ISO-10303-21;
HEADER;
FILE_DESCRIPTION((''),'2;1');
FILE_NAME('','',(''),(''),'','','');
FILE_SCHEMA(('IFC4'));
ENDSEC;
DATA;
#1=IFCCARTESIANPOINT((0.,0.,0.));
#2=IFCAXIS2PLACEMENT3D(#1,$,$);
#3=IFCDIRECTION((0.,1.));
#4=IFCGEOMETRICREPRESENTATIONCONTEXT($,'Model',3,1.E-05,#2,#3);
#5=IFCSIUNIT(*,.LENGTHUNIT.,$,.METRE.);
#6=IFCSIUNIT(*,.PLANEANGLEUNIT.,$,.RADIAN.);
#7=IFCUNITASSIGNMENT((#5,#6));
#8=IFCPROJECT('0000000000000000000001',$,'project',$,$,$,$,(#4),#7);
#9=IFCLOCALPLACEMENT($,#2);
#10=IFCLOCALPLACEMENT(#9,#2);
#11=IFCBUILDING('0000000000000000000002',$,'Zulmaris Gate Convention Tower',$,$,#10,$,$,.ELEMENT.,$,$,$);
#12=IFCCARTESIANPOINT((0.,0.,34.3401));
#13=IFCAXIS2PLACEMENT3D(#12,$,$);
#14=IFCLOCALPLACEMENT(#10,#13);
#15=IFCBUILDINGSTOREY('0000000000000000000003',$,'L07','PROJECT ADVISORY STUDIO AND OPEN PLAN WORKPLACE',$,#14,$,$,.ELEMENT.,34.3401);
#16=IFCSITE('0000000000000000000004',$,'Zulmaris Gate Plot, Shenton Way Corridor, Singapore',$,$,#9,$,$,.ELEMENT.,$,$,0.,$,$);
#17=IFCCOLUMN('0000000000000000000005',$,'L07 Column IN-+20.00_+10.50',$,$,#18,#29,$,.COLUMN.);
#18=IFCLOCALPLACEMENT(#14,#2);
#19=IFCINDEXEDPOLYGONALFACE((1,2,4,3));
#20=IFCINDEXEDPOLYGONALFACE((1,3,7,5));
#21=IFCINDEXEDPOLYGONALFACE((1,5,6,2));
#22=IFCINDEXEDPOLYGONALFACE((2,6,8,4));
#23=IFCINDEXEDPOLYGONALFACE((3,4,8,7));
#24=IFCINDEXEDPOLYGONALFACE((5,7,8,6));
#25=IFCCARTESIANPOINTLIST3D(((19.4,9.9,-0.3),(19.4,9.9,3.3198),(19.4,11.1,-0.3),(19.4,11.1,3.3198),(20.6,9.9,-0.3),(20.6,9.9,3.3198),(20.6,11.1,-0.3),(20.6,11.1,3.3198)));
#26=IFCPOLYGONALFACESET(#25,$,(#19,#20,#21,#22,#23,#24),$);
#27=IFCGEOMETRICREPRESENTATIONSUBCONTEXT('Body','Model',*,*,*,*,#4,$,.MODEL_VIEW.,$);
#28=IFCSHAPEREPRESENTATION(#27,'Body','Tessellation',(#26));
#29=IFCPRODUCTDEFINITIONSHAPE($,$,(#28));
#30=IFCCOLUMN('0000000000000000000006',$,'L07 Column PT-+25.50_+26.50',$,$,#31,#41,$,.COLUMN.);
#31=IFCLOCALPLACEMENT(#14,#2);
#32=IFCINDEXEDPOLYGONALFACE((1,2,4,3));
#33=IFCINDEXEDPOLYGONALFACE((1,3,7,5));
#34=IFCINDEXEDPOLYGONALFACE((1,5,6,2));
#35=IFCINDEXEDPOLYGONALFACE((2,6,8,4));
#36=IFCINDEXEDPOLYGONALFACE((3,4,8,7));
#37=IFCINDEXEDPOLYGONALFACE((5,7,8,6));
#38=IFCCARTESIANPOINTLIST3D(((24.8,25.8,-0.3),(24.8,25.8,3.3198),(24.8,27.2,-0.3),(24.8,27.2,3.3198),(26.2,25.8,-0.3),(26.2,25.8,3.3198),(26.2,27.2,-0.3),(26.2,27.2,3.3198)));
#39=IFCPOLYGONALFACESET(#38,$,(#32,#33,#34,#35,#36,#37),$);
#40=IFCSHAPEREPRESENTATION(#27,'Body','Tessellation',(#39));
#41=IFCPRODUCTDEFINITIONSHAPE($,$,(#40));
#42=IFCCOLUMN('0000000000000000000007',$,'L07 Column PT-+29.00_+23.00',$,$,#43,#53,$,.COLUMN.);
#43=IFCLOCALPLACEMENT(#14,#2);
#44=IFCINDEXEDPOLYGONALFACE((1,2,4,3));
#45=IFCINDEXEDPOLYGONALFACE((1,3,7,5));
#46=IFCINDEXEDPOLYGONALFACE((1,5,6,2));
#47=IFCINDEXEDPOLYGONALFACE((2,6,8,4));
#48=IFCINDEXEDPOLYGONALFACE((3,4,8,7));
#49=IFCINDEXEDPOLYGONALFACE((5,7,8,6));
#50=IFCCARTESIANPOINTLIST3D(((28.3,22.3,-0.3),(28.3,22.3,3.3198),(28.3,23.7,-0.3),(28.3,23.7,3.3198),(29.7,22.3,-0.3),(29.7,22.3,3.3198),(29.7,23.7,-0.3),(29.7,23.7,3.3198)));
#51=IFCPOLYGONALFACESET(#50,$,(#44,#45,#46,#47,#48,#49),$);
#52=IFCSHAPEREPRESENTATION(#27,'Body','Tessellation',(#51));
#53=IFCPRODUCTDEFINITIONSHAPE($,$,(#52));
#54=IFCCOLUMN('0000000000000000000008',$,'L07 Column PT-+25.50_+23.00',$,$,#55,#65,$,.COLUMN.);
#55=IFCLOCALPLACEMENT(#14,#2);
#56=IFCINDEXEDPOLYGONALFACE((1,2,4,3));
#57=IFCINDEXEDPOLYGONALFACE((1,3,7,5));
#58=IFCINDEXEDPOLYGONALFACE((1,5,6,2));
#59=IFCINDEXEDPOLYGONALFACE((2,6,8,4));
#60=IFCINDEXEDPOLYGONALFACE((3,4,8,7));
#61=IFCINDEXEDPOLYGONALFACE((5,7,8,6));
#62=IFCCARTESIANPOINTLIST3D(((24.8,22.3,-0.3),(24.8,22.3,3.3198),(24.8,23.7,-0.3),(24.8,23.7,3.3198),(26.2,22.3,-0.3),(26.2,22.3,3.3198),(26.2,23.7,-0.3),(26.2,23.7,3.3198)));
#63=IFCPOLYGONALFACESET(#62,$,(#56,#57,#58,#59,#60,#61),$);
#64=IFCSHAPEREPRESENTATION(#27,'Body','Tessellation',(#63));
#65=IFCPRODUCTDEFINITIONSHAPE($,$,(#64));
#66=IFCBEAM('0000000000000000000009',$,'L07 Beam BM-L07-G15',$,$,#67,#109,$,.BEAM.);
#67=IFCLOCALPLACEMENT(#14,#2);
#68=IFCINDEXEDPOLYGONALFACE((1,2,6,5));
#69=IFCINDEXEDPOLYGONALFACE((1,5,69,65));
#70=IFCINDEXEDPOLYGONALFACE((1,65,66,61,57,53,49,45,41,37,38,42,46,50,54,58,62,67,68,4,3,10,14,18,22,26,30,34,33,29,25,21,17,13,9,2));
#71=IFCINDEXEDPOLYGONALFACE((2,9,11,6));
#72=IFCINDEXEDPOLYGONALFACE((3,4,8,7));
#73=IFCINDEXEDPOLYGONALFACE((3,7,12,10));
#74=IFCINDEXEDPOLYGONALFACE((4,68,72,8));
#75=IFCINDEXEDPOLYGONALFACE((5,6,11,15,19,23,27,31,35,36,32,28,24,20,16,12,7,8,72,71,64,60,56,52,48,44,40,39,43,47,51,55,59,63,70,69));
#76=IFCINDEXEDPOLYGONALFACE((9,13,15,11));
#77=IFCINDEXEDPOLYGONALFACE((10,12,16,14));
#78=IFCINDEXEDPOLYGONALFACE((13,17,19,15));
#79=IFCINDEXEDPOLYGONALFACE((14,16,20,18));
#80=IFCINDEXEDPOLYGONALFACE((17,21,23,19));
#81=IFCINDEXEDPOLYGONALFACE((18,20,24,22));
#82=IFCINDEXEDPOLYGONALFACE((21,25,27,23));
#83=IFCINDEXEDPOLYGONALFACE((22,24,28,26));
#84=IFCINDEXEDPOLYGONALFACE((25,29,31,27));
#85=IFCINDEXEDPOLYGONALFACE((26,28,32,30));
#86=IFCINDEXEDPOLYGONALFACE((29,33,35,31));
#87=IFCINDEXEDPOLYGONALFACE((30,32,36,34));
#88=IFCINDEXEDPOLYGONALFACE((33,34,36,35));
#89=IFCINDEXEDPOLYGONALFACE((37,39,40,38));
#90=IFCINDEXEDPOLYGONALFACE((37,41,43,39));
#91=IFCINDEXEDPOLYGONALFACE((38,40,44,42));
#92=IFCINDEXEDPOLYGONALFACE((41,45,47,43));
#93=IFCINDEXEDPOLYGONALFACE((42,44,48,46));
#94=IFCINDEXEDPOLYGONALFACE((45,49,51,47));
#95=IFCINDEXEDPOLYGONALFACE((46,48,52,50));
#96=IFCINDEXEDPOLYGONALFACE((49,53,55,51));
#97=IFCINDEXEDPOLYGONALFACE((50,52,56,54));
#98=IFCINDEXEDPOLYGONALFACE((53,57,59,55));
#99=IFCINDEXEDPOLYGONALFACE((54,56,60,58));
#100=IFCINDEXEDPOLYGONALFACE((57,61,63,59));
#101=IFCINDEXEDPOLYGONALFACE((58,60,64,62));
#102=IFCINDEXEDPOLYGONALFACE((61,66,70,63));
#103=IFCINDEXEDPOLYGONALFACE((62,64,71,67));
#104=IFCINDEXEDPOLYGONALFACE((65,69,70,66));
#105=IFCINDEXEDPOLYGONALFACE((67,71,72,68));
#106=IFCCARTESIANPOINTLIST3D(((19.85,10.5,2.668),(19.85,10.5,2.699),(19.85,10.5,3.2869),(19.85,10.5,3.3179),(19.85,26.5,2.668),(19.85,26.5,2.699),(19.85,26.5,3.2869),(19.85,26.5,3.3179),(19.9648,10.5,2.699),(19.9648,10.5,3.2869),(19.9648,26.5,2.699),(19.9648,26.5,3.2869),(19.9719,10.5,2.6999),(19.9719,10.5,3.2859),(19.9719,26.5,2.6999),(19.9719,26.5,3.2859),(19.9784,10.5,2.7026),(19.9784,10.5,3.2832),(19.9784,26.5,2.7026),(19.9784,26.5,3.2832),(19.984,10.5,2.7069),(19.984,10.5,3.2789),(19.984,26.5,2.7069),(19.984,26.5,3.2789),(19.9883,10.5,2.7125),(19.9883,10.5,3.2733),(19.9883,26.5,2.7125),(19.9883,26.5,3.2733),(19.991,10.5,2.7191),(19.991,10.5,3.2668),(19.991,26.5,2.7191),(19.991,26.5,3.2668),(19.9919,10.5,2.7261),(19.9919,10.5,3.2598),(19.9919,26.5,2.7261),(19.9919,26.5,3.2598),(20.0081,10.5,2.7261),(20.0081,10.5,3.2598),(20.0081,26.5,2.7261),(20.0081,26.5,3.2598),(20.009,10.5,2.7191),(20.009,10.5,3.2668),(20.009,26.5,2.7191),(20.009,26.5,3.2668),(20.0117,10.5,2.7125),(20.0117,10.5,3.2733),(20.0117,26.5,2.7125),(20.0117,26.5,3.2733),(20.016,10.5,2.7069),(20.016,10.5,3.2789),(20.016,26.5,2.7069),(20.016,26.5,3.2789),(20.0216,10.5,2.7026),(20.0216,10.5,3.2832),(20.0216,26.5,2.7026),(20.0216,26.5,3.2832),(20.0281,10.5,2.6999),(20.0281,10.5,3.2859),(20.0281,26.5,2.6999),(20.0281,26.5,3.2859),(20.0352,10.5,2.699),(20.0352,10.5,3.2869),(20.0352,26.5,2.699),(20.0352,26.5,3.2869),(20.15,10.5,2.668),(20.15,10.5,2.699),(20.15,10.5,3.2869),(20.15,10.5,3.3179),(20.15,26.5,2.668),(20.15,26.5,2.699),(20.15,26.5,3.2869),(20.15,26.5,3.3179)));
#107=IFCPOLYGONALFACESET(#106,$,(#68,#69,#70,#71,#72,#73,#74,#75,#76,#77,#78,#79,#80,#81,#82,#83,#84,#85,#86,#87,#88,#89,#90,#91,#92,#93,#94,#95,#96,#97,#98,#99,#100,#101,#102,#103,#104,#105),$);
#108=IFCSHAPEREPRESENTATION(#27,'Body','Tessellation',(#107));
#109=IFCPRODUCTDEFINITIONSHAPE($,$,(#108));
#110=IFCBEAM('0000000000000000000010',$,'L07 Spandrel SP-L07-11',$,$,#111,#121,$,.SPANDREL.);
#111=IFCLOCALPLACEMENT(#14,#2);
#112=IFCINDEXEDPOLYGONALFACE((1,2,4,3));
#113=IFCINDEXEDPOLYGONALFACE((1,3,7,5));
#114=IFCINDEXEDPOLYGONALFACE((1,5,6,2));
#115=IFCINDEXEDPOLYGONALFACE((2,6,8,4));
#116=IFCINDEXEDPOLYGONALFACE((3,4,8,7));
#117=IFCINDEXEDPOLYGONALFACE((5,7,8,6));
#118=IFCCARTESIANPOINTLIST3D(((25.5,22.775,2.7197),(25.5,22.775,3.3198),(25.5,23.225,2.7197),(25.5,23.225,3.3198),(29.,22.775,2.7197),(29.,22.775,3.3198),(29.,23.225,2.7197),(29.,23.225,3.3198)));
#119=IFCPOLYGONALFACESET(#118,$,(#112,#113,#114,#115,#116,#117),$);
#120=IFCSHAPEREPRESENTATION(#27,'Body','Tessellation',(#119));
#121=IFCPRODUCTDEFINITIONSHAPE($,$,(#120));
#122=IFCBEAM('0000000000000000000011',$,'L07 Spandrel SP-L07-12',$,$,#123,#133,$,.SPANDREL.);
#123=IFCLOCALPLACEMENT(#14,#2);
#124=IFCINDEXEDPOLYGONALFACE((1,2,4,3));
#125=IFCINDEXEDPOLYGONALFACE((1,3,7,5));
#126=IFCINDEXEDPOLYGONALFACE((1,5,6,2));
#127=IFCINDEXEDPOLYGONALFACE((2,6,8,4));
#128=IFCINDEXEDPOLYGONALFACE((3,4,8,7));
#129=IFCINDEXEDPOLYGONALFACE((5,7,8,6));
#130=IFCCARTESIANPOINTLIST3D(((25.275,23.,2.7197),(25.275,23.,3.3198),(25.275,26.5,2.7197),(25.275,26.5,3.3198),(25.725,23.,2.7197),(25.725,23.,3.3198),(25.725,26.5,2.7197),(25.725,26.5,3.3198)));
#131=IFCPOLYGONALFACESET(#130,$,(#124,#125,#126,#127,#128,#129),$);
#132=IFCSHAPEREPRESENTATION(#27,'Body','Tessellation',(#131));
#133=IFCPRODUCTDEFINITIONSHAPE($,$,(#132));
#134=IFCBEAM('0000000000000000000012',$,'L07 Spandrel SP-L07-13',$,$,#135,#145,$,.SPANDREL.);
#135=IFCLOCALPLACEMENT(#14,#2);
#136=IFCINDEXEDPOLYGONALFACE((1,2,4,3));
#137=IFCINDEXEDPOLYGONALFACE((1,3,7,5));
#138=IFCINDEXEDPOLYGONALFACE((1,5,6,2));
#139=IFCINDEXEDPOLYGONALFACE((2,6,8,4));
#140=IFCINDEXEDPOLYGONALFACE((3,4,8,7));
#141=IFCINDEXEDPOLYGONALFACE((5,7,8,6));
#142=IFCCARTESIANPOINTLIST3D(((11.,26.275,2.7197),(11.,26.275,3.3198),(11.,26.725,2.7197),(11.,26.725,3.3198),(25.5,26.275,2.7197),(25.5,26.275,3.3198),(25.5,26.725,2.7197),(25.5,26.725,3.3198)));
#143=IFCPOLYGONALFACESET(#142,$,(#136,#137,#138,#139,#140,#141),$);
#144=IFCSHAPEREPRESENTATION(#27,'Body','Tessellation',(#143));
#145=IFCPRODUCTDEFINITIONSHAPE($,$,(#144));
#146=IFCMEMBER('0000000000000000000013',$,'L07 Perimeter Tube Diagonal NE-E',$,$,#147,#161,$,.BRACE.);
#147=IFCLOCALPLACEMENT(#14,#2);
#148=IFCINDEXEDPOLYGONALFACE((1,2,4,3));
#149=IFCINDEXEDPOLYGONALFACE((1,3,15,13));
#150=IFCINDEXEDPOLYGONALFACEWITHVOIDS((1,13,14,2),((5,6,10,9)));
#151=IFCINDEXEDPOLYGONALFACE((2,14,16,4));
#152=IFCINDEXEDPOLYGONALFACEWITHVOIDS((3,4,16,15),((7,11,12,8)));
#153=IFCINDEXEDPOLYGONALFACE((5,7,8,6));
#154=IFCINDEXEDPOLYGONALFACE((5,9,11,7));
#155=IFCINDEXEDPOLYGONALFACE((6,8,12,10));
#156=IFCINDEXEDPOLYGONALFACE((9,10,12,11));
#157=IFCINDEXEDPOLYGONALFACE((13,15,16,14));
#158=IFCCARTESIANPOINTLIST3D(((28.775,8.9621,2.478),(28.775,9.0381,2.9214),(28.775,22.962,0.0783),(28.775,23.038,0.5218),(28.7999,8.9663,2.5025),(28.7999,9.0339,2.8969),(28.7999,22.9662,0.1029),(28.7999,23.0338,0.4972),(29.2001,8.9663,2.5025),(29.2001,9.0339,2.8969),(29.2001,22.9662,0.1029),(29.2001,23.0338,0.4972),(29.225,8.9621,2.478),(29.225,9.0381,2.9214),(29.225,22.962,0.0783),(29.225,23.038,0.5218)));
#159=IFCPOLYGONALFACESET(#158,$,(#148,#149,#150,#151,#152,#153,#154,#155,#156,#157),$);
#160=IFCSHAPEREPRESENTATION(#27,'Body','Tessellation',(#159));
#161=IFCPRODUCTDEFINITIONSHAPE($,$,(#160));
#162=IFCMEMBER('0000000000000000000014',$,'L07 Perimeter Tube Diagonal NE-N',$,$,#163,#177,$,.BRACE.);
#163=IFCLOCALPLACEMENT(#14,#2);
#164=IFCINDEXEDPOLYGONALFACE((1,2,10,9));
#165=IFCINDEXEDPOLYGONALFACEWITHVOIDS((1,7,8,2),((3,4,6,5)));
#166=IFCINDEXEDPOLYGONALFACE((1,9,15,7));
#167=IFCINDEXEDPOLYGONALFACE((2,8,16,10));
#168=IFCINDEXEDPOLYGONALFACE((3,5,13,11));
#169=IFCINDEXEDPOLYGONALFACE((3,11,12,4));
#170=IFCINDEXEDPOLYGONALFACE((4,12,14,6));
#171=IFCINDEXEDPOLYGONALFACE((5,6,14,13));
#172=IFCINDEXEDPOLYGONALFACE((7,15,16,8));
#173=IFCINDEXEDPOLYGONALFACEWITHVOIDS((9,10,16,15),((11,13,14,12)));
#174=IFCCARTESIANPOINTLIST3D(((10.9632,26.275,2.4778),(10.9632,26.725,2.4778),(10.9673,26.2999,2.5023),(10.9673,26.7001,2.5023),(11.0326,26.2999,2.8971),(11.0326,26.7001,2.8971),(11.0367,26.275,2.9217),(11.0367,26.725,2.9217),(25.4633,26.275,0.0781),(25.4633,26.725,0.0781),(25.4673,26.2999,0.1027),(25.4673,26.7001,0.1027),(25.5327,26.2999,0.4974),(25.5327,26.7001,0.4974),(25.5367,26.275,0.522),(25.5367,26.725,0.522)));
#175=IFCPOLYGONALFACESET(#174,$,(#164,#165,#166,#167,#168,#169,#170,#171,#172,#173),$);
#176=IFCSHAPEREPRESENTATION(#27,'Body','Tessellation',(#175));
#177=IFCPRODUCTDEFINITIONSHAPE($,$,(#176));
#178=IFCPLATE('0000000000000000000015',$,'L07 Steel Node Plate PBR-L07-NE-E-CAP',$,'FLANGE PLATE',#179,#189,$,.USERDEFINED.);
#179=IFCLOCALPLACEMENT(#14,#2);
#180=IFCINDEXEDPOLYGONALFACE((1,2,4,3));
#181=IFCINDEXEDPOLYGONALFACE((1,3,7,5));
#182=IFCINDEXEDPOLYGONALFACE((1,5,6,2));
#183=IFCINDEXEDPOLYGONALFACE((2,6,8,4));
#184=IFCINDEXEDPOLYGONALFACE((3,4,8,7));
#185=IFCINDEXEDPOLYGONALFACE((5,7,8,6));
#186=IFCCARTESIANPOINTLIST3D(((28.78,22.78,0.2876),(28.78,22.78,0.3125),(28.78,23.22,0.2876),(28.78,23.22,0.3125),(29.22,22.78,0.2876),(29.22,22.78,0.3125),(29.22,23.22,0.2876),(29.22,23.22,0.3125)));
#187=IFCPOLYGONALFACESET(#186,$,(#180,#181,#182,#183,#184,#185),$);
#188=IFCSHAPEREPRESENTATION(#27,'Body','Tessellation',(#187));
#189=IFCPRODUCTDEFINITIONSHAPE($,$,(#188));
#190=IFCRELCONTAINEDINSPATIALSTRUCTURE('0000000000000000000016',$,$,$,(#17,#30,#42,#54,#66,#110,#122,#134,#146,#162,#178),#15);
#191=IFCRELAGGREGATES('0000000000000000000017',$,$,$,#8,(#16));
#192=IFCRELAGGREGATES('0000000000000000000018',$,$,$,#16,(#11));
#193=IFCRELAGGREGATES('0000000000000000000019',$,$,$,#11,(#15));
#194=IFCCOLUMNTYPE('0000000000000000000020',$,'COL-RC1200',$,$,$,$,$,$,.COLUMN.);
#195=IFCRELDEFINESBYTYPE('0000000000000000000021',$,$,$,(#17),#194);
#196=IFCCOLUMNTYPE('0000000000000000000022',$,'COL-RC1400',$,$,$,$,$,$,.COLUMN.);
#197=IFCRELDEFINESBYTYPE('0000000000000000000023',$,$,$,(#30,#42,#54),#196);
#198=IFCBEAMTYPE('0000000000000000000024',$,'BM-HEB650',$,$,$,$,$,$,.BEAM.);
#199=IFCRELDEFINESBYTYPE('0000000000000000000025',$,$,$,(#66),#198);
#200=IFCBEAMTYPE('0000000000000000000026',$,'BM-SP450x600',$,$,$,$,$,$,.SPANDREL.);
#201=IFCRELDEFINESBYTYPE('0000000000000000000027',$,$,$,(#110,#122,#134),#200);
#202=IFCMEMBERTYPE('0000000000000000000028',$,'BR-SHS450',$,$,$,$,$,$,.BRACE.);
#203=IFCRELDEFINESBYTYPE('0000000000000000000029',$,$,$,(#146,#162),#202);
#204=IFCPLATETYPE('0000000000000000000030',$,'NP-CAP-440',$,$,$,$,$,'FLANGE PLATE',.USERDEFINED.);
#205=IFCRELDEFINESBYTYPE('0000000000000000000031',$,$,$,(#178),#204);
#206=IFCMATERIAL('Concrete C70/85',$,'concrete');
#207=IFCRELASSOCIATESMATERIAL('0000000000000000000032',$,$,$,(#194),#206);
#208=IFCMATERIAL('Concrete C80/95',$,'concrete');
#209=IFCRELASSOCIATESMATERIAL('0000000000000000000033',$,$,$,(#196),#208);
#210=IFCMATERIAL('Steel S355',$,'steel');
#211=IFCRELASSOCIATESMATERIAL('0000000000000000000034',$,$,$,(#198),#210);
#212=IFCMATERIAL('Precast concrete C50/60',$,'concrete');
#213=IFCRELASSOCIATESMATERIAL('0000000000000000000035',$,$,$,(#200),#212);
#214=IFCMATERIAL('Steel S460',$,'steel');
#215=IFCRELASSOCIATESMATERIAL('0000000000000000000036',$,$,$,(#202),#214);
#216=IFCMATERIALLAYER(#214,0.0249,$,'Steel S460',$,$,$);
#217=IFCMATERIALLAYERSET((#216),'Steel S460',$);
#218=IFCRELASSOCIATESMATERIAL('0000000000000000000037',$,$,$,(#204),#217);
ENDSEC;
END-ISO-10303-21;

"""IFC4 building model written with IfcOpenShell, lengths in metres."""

from ifc_helpers import new_model, si_unit, direction, frame, origin, origin_2d, place, context, subcontext, project, spatial, rectangle, hollow_rectangle, i_section, extrude, material, layer, layer_set, material_profile, profile_set, type_object, element, save


model = new_model("IFC4")

# Units and contexts
model_context = context("Model", 3, precision=1e-05, world=origin(), true_north=direction((0.0, 1.0)))
body_context = subcontext(model_context, "Body", "Model", "MODEL_VIEW")
ifc_project = project(units=[si_unit("LENGTHUNIT", "METRE"), si_unit("PLANEANGLEUNIT", "RADIAN")], contexts=[model_context])

# Site, building, storey
site_placement = place(None, origin())
site = spatial("IfcSite", under=ifc_project, at=site_placement, Name="Zulmaris Gate Plot, Shenton Way Corridor, Singapore", CompositionType="ELEMENT", RefElevation=0.0)
building_placement = place(site_placement, origin())
building = spatial("IfcBuilding", under=site, at=building_placement, Name="Zulmaris Gate Convention Tower", CompositionType="ELEMENT")
storey_placement = place(building_placement, frame((0.0, 0.0, 34.3401)))
storey = spatial("IfcBuildingStorey", under=building, at=storey_placement, Name="L07", Description="PROJECT ADVISORY STUDIO AND OPEN PLAN WORKPLACE", CompositionType="ELEMENT", Elevation=34.3401)

# Columns
ifc_material_1 = material(Name="Concrete C70/85", Category="concrete")
ifc_material_profile_1 = material_profile(ifc_material_1, rectangle(XDim=1.2, YDim=1.2, at=origin_2d()), Name="RC COL 1200x1200")
ifc_profile_set_1 = profile_set([ifc_material_profile_1], Name="Concrete C70/85")
column_type_1 = type_object("IfcColumnType", Name="COL-RC1200", PredefinedType="COLUMN", material=ifc_profile_set_1)
column_placement = place(storey_placement, frame((20.0, 10.5, -0.3), z_axis=(0.0, 0.0, 1.0), x_axis=(1.0, 0.0, 0.0)))
element("IfcColumn", 1, at=column_placement, inside=storey, type_object=column_type_1, Name="L07 Column IN-+20.00_+10.50", PredefinedType="COLUMN", context=body_context, shape_type="SweptSolid", body=[
    extrude(rectangle(XDim=1.2, YDim=1.2, at=origin_2d()), origin(), (0.0, 0.0, 1.0), 3.6199),
])
ifc_material_2 = material(Name="Concrete C80/95", Category="concrete")
ifc_material_profile_2 = material_profile(ifc_material_2, rectangle(XDim=1.3999, YDim=1.3999, at=origin_2d()), Name="RC COL 1400x1400")
ifc_profile_set_2 = profile_set([ifc_material_profile_2], Name="Concrete C80/95")
column_type_2 = type_object("IfcColumnType", Name="COL-RC1400", PredefinedType="COLUMN", material=ifc_profile_set_2)
for number, where, z_axis, x_axis, name in (
    (2, (25.5, 26.5, -0.3), (0.0, 0.0, 1.0), (1.0, 0.0, 0.0), "L07 Column PT-+25.50_+26.50"),
    (3, (29.0, 23.0, -0.3), (0.0, 0.0, 1.0), (1.0, 0.0, 0.0), "L07 Column PT-+29.00_+23.00"),
    (4, (25.5, 23.0, -0.3), (0.0, 0.0, 1.0), (1.0, 0.0, 0.0), "L07 Column PT-+25.50_+23.00"),
):
    element("IfcColumn", number, at=place(storey_placement, frame(where, z_axis=z_axis, x_axis=x_axis)), inside=storey, type_object=column_type_2, Name=name, PredefinedType="COLUMN", context=body_context, shape_type="SweptSolid", body=[
        extrude(rectangle(XDim=1.3999, YDim=1.3999, at=origin_2d()), origin(), (0.0, 0.0, 1.0), 3.6199),
    ])

# Beams
ifc_material_3 = material(Name="Steel S355", Category="steel")
ifc_material_profile_3 = material_profile(ifc_material_3, i_section(OverallWidth=0.3, OverallDepth=0.6499, WebThickness=0.0161, FlangeThickness=0.031, FilletRadius=0.0271, at=origin_2d()), Name="HEB 650")
ifc_profile_set_3 = profile_set([ifc_material_profile_3], Name="Steel S355")
beam_type_1 = type_object("IfcBeamType", Name="BM-HEB650", PredefinedType="BEAM", material=ifc_profile_set_3)
beam_1_placement = place(storey_placement, frame((20.0, 10.5, 2.9929), z_axis=(0.0, 1.0, 0.0), x_axis=(-1.0, 0.0, 0.0)))
element("IfcBeam", 5, at=beam_1_placement, inside=storey, type_object=beam_type_1, Name="L07 Beam BM-L07-G15", PredefinedType="BEAM", context=body_context, shape_type="SweptSolid", body=[
    extrude(i_section(OverallWidth=0.3, OverallDepth=0.6499, WebThickness=0.0161, FlangeThickness=0.031, FilletRadius=0.0271, at=origin_2d()), origin(), (0.0, 0.0, 1.0), 16.0),
])
ifc_material_4 = material(Name="Precast concrete C50/60", Category="concrete")
ifc_material_profile_4 = material_profile(ifc_material_4, rectangle(XDim=0.45, YDim=0.6001, at=origin_2d()), Name="RC SPANDREL 450x600")
ifc_profile_set_4 = profile_set([ifc_material_profile_4], Name="Precast concrete C50/60")
beam_type_2 = type_object("IfcBeamType", Name="BM-SP450x600", PredefinedType="SPANDREL", material=ifc_profile_set_4)
for number, where, z_axis, x_axis, name in (
    (6, (29.0, 23.0, 3.0198), (-1.0, 0.0, 0.0), (0.0, -1.0, 0.0), "L07 Spandrel SP-L07-11"),
    (7, (25.5, 23.0, 3.0198), (0.0, 1.0, 0.0), (-1.0, 0.0, 0.0), "L07 Spandrel SP-L07-12"),
):
    element("IfcBeam", number, at=place(storey_placement, frame(where, z_axis=z_axis, x_axis=x_axis)), inside=storey, type_object=beam_type_2, Name=name, PredefinedType="SPANDREL", context=body_context, shape_type="SweptSolid", body=[
        extrude(rectangle(XDim=0.45, YDim=0.6001, at=origin_2d()), origin(), (0.0, 0.0, 1.0), 3.5),
    ])
beam_2_placement = place(storey_placement, frame((25.5, 26.5, 3.0198), z_axis=(-1.0, 0.0, 0.0), x_axis=(0.0, -1.0, 0.0)))
element("IfcBeam", 8, at=beam_2_placement, inside=storey, type_object=beam_type_2, Name="L07 Spandrel SP-L07-13", PredefinedType="SPANDREL", context=body_context, shape_type="SweptSolid", body=[
    extrude(rectangle(XDim=0.45, YDim=0.6001, at=origin_2d()), origin(), (0.0, 0.0, 1.0), 14.5),
])

# Members
ifc_material_5 = material(Name="Steel S460", Category="steel")
ifc_material_profile_5 = material_profile(ifc_material_5, hollow_rectangle(XDim=0.45, YDim=0.45, WallThickness=0.0249, at=origin_2d()), Name="SHS 450x450x25")
ifc_profile_set_5 = profile_set([ifc_material_profile_5], Name="Steel S460")
member_type = type_object("IfcMemberType", Name="BR-SHS450", PredefinedType="BRACE", material=ifc_profile_set_5)
member_1_placement = place(storey_placement, frame((29.0, 23.0, 0.3), z_axis=(0.0, -0.985626, 0.16894), x_axis=(1.0, 0.0, 0.0)))
element("IfcMember", 9, at=member_1_placement, inside=storey, type_object=member_type, Name="L07 Perimeter Tube Diagonal NE-E", PredefinedType="BRACE", context=body_context, shape_type="SweptSolid", body=[
    extrude(hollow_rectangle(XDim=0.45, YDim=0.45, WallThickness=0.0249, at=origin_2d()), origin(), (0.0, 0.0, 1.0), 14.2041),
])
member_2_placement = place(storey_placement, frame((25.5, 26.5, 0.3), z_axis=(-0.986581, 0.0, 0.163273), x_axis=(0.0, -1.0, 0.0)))
element("IfcMember", 10, at=member_2_placement, inside=storey, type_object=member_type, Name="L07 Perimeter Tube Diagonal NE-N", PredefinedType="BRACE", context=body_context, shape_type="SweptSolid", body=[
    extrude(hollow_rectangle(XDim=0.45, YDim=0.45, WallThickness=0.0249, at=origin_2d()), origin(), (0.0, 0.0, 1.0), 14.6973),
])

# Plate
ifc_layer_1 = layer(ifc_material_5, 0.0249, Name="Steel S460")
ifc_layer_set_1 = layer_set([ifc_layer_1], Name="Steel S460")
plate_type = type_object("IfcPlateType", Name="NP-CAP-440", ElementType="FLANGE PLATE", PredefinedType="USERDEFINED", material=ifc_layer_set_1)
for number, where, z_axis, x_axis, name in (
    (11, (29.0, 23.0, 0.2876), (0.0, 0.0, 1.0), (1.0, 0.0, 0.0), "L07 Steel Node Plate PBR-L07-NE-E-CAP"),
):
    element("IfcPlate", number, at=place(storey_placement, frame(where, z_axis=z_axis, x_axis=x_axis)), inside=storey, type_object=plate_type, Name=name, ObjectType="FLANGE PLATE", PredefinedType="USERDEFINED", context=body_context, shape_type="SweptSolid", body=[
        extrude(rectangle(XDim=0.4399, YDim=0.4399, at=origin_2d()), origin(), (0.0, 0.0, 1.0), 0.0249),
    ])

save(model, "model.ifc")
